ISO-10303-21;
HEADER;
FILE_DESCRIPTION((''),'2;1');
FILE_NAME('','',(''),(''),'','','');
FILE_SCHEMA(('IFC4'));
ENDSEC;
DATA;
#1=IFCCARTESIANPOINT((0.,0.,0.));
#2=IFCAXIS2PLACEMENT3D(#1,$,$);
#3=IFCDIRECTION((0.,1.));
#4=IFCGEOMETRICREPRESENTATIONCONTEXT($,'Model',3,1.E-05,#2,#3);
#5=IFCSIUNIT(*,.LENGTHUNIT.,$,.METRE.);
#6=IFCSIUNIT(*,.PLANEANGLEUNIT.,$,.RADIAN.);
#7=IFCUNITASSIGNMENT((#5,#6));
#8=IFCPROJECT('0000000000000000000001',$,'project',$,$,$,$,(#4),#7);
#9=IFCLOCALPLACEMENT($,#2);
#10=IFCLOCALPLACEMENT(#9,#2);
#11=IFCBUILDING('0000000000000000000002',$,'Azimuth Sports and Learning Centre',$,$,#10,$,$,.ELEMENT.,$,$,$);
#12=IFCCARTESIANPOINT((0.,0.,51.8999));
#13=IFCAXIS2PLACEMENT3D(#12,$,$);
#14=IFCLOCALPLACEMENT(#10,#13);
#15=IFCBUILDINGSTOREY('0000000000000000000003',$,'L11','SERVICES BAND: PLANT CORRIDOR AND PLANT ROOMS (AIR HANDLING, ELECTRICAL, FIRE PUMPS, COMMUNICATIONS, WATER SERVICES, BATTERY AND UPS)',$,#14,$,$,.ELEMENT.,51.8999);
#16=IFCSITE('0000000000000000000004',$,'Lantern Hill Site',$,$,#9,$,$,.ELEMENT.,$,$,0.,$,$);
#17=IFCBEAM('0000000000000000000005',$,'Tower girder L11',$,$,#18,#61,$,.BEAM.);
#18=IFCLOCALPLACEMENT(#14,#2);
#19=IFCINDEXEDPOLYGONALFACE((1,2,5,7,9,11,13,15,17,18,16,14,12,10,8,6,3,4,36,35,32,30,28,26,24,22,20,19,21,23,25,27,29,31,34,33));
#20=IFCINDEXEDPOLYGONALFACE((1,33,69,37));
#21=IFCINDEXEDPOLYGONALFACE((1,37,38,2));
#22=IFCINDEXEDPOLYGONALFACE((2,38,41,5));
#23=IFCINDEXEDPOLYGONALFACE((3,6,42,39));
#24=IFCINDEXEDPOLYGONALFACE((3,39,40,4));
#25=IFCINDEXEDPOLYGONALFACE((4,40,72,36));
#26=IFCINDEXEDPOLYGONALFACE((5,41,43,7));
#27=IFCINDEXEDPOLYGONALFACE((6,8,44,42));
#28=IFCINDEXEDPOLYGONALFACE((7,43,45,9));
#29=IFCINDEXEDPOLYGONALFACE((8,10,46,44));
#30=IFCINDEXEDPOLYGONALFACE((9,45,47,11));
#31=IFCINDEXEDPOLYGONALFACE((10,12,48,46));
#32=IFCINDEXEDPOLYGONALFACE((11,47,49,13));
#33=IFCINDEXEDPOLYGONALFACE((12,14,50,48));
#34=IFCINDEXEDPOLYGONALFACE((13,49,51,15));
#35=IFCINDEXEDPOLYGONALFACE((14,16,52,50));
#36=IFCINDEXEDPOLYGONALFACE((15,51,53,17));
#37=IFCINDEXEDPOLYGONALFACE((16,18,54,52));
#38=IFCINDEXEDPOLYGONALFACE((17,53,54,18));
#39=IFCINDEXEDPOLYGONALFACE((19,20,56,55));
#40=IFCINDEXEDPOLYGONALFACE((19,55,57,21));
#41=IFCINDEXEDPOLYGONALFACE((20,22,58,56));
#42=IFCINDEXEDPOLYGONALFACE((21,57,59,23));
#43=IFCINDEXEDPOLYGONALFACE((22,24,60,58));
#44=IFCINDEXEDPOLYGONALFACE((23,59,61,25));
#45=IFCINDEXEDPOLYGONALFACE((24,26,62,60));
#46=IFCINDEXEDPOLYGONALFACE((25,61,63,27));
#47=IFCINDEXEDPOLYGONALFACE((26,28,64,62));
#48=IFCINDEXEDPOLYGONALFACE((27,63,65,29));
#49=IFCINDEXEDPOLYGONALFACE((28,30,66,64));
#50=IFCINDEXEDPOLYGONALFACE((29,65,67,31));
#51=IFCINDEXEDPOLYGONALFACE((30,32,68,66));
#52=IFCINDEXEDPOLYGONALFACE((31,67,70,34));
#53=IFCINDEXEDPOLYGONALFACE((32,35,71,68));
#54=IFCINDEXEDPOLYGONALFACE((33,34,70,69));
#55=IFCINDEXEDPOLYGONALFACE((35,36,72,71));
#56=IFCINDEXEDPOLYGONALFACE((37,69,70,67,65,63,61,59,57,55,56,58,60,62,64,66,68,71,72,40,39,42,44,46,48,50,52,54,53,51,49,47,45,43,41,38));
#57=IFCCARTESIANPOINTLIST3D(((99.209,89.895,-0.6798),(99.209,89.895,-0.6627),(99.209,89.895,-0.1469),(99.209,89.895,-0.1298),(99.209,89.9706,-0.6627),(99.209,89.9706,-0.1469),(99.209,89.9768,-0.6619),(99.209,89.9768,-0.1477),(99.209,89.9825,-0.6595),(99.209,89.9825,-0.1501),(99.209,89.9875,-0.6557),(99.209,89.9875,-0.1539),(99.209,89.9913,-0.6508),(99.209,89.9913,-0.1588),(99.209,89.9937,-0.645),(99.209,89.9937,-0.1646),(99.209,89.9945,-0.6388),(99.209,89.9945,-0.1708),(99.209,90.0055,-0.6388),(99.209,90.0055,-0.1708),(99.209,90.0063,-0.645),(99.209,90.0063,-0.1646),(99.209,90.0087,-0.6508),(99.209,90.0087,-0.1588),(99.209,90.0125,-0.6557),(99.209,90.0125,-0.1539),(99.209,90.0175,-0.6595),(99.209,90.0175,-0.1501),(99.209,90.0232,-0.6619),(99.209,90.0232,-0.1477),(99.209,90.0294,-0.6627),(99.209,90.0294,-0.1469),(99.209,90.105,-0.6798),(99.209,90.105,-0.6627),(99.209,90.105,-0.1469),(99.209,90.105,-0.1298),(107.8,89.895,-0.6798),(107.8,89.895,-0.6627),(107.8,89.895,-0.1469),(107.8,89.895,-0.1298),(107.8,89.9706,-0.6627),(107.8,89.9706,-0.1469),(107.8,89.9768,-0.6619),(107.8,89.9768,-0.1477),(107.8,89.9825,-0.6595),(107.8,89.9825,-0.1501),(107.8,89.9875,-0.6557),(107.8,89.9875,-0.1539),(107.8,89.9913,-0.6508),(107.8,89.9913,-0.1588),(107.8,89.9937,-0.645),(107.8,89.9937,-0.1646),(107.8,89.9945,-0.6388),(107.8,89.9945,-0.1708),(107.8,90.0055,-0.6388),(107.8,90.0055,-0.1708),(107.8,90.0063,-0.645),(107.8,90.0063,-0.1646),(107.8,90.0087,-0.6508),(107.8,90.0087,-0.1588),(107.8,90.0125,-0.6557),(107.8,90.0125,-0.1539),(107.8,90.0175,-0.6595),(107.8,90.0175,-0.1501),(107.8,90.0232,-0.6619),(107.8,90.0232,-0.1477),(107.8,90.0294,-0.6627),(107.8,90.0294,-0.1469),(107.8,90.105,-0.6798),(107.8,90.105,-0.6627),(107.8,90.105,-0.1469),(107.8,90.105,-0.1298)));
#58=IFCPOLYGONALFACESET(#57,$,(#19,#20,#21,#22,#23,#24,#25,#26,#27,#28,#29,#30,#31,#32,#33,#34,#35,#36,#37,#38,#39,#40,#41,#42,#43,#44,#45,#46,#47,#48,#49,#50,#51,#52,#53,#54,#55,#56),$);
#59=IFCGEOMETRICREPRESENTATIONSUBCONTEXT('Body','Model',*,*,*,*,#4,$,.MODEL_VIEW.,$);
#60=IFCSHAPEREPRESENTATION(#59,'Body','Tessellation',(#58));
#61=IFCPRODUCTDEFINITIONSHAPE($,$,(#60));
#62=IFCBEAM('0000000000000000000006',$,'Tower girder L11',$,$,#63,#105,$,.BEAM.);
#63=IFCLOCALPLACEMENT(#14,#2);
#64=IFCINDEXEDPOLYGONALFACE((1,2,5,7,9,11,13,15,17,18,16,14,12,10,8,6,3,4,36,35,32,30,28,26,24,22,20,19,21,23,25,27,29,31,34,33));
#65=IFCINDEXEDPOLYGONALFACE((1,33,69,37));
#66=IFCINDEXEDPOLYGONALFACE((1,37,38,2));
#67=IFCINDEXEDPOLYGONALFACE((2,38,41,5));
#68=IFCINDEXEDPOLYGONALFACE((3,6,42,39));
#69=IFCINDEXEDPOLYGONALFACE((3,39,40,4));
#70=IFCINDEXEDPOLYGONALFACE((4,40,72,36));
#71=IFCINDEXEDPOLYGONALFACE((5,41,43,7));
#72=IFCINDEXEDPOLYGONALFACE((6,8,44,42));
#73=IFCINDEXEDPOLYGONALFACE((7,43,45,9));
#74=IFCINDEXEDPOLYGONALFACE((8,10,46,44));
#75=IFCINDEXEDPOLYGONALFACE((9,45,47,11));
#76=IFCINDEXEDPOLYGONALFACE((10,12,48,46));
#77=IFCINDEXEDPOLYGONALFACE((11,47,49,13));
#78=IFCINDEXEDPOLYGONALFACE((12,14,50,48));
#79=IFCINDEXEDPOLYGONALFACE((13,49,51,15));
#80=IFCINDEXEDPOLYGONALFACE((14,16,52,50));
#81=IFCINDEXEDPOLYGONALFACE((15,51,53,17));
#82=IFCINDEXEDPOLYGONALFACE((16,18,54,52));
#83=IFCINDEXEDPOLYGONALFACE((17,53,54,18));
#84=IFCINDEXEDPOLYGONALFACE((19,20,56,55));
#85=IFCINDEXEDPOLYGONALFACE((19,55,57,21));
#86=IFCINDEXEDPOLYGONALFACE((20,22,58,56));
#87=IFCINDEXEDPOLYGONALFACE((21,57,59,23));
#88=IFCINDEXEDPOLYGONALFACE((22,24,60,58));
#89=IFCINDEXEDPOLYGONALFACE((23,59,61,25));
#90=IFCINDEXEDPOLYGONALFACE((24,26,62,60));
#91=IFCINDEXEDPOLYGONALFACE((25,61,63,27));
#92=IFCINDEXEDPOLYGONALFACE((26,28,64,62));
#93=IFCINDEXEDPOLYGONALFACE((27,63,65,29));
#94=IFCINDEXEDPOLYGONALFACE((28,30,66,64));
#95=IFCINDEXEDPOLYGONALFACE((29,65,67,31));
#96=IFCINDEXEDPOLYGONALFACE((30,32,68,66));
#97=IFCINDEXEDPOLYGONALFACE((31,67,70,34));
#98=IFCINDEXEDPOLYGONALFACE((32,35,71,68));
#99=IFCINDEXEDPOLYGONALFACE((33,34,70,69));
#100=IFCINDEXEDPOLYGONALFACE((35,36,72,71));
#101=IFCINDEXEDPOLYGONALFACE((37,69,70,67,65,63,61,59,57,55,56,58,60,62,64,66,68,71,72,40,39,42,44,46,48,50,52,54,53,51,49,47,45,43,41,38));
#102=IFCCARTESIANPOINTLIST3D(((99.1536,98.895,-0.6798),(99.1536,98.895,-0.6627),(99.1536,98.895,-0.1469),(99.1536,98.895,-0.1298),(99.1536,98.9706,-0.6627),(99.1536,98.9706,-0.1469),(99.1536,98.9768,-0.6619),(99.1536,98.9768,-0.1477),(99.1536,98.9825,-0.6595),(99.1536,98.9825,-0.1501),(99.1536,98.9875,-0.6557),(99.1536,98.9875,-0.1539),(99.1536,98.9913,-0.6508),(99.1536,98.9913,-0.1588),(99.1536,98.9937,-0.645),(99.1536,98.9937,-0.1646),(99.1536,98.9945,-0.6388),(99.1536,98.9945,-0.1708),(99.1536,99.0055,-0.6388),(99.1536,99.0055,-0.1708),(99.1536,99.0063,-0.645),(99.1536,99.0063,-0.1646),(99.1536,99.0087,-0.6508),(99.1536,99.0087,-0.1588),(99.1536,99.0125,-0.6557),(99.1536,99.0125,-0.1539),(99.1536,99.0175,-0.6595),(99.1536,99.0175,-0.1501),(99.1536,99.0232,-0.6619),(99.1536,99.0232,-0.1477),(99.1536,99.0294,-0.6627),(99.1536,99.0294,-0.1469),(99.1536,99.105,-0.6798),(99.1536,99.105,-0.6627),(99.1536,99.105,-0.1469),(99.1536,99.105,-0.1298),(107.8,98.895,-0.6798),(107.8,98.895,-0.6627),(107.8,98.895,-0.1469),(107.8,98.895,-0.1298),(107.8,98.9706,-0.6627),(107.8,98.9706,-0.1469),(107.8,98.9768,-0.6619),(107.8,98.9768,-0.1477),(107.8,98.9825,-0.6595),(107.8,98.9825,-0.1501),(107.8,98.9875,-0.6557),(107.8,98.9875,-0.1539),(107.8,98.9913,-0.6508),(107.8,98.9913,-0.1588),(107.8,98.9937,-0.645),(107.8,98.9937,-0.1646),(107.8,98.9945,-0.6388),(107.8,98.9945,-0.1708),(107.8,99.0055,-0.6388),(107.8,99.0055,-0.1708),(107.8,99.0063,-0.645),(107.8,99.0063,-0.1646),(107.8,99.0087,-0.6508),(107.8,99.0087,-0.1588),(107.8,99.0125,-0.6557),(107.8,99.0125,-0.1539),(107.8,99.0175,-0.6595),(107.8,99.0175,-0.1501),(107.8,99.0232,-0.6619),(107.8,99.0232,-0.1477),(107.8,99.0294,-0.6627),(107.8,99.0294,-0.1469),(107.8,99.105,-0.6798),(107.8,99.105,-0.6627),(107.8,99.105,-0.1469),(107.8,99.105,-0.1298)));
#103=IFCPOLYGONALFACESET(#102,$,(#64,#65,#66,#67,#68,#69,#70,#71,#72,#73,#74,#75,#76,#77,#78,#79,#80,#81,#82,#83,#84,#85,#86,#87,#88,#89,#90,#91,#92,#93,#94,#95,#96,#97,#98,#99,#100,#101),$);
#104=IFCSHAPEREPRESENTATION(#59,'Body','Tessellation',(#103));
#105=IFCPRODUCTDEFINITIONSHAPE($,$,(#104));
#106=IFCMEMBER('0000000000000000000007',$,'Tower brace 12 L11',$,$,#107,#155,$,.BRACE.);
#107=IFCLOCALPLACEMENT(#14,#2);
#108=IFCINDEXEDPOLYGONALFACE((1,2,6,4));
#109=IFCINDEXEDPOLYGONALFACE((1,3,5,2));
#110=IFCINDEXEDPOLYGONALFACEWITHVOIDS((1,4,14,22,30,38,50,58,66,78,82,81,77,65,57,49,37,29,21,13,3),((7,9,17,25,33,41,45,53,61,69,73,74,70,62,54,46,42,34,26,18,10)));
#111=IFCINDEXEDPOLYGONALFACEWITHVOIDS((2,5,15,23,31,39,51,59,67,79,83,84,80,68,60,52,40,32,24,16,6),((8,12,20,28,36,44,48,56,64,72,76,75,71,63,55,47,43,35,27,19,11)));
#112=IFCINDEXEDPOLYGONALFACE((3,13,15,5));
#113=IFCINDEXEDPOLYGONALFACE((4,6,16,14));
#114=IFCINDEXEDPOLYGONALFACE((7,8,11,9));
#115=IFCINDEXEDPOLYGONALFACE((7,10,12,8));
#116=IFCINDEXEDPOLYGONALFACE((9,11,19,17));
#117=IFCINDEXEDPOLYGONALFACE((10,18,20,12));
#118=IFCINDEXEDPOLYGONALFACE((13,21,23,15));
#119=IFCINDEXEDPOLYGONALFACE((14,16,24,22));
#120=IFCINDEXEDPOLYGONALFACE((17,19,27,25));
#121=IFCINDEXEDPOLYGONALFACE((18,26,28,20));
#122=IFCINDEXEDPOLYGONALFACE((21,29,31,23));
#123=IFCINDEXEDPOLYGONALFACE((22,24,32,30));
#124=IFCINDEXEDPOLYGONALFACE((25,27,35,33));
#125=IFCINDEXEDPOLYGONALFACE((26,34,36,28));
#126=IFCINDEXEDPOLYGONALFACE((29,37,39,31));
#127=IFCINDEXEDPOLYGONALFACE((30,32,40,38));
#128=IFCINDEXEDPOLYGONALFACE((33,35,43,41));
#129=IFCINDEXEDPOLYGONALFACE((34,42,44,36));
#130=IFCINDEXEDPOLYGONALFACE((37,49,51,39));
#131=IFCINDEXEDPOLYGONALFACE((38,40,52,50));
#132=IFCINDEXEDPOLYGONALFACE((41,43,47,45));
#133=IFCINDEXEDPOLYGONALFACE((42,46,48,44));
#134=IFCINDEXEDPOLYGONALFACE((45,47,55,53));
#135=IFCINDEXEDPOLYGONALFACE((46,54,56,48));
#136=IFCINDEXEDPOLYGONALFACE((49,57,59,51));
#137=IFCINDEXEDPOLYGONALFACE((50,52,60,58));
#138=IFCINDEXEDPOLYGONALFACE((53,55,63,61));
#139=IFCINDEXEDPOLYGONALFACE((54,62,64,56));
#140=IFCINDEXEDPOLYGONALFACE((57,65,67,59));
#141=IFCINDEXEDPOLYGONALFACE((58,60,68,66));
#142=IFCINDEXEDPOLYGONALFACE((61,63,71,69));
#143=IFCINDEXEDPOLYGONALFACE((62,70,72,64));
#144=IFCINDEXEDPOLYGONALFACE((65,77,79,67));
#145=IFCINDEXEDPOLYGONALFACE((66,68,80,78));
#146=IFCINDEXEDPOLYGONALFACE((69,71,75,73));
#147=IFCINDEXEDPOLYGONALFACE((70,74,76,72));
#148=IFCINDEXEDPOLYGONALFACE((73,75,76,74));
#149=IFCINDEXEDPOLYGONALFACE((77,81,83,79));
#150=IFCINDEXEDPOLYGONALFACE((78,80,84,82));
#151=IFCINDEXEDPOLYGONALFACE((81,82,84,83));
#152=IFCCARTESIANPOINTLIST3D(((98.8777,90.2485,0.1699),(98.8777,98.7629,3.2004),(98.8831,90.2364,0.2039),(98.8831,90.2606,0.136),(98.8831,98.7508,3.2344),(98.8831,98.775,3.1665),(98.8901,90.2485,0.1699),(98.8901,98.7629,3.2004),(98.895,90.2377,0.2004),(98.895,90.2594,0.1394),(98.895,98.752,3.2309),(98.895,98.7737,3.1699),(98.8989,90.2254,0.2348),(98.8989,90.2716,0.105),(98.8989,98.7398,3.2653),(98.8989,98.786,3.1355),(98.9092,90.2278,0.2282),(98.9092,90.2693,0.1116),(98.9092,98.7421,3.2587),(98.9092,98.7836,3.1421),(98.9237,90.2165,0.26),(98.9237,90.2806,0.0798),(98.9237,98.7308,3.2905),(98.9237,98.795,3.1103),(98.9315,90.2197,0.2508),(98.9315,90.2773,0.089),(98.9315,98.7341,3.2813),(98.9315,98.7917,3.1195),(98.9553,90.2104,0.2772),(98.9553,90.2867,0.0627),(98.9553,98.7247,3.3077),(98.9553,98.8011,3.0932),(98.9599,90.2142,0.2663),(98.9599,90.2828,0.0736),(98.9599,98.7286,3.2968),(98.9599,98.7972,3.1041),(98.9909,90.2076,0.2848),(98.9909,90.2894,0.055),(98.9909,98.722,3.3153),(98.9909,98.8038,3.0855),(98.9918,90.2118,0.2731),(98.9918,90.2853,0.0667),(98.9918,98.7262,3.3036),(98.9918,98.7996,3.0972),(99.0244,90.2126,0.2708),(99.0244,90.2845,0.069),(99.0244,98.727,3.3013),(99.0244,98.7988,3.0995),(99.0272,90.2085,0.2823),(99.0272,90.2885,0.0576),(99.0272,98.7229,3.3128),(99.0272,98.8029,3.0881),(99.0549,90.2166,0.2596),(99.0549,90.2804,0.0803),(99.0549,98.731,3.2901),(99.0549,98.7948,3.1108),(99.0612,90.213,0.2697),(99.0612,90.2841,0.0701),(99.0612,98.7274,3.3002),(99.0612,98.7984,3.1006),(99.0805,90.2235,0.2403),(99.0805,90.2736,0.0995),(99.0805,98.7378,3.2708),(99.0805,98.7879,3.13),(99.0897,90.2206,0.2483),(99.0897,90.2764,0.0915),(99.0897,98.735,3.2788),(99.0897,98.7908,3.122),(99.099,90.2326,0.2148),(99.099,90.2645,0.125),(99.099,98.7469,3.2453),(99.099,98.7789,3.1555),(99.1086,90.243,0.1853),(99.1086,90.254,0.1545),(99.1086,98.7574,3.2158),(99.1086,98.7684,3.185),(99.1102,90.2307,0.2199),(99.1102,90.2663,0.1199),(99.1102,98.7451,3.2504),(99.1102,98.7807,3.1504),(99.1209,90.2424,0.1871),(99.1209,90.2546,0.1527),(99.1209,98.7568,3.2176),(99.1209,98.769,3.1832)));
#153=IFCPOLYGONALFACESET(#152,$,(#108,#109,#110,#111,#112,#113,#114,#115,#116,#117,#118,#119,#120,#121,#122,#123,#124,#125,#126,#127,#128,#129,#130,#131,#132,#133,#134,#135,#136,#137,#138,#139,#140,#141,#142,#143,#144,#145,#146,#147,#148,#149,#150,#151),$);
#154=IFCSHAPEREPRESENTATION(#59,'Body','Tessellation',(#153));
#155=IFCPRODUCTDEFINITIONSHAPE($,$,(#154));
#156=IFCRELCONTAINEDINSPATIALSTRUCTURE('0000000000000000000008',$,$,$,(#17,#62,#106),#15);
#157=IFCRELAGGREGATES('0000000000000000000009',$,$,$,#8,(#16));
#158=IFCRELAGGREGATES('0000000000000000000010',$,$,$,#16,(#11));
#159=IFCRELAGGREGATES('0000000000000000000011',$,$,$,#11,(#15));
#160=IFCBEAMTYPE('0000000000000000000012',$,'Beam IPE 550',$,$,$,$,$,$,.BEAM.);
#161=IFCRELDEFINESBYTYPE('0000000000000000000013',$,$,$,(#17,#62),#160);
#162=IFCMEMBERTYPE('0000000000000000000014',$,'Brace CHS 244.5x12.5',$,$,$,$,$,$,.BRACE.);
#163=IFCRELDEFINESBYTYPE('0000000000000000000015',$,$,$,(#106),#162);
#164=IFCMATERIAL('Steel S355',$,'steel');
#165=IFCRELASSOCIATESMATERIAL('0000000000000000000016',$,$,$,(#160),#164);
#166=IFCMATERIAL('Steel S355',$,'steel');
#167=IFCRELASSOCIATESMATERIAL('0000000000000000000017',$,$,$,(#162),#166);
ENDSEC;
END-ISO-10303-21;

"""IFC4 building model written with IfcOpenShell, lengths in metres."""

from ifc_helpers import new_model, si_unit, direction, frame, origin, origin_2d, place, context, subcontext, project, spatial, hollow_circle, i_section, extrude, material, material_profile, profile_set, type_object, element, save


model = new_model("IFC4")

# Units and contexts
model_context = context("Model", 3, precision=1e-05, world=origin(), true_north=direction((0.0, 1.0)))
body_context = subcontext(model_context, "Body", "Model", "MODEL_VIEW")
ifc_project = project(units=[si_unit("LENGTHUNIT", "METRE"), si_unit("PLANEANGLEUNIT", "RADIAN")], contexts=[model_context])

# Site, building, storey
site_placement = place(None, origin())
site = spatial("IfcSite", under=ifc_project, at=site_placement, Name="Lantern Hill Site", CompositionType="ELEMENT", RefElevation=0.0)
building_placement = place(site_placement, origin())
building = spatial("IfcBuilding", under=site, at=building_placement, Name="Azimuth Sports and Learning Centre", CompositionType="ELEMENT")
storey_placement = place(building_placement, frame((0.0, 0.0, 51.8999)))
storey = spatial("IfcBuildingStorey", under=building, at=storey_placement, Name="L11", Description="SERVICES BAND: PLANT CORRIDOR AND PLANT ROOMS (AIR HANDLING, ELECTRICAL, FIRE PUMPS, COMMUNICATIONS, WATER SERVICES, BATTERY AND UPS)", CompositionType="ELEMENT", Elevation=51.8999)

# Beams
ifc_material_1 = material(Name="Steel S355", Category="steel")
ifc_material_profile_1 = material_profile(ifc_material_1, i_section(OverallWidth=0.21, OverallDepth=0.55, WebThickness=0.011, FlangeThickness=0.0171, FilletRadius=0.0239, at=origin_2d()), Name="IPE 550")
ifc_profile_set_1 = profile_set([ifc_material_profile_1], Name="Steel S355")
beam_type_1 = type_object("IfcBeamType", Name="Beam IPE 550", PredefinedType="BEAM", material=ifc_profile_set_1)
beam_1_placement = place(storey_placement, frame((99.209, 90.0, -0.4048), z_axis=(1.0, 0.0, 0.0), x_axis=(0.0, 1.0, 0.0)))
element("IfcBeam", 1, at=beam_1_placement, inside=storey, type_object=beam_type_1, Name="Tower girder L11", PredefinedType="BEAM", context=body_context, shape_type="SweptSolid", body=[
    extrude(i_section(OverallWidth=0.21, OverallDepth=0.55, WebThickness=0.011, FlangeThickness=0.0171, FilletRadius=0.0239, at=origin_2d()), origin(), (0.0, 0.0, 1.0), 8.5911),
])
beam_2_placement = place(storey_placement, frame((99.1536, 99.0, -0.4048), z_axis=(1.0, 0.0, 0.0), x_axis=(0.0, 1.0, 0.0)))
element("IfcBeam", 2, at=beam_2_placement, inside=storey, type_object=beam_type_1, Name="Tower girder L11", PredefinedType="BEAM", context=body_context, shape_type="SweptSolid", body=[
    extrude(i_section(OverallWidth=0.21, OverallDepth=0.55, WebThickness=0.011, FlangeThickness=0.0171, FilletRadius=0.0239, at=origin_2d()), origin(), (0.0, 0.0, 1.0), 8.6465),
])

# Member
ifc_material_2 = material(Name="Steel S355", Category="steel")
ifc_material_profile_2 = material_profile(ifc_material_2, hollow_circle(Radius=0.1223, WallThickness=0.0125, at=origin_2d()), Name="CHS 244.5x12.5")
ifc_profile_set_2 = profile_set([ifc_material_profile_2], Name="Steel S355")
member_type = type_object("IfcMemberType", Name="Brace CHS 244.5x12.5", PredefinedType="BRACE", material=ifc_profile_set_2)
member_placement = place(storey_placement, frame((99.0, 90.2485, 0.1699), z_axis=(0.0, 0.942104, 0.335321), x_axis=(-1.0, 0.0, 0.0)))
element("IfcMember", 3, at=member_placement, inside=storey, type_object=member_type, Name="Tower brace 12 L11", PredefinedType="BRACE", context=body_context, shape_type="SweptSolid", body=[
    extrude(hollow_circle(Radius=0.1223, WallThickness=0.0125, at=origin_2d()), origin(), (0.0, 0.0, 1.0), 9.0376),
])

save(model, "model.ifc")
